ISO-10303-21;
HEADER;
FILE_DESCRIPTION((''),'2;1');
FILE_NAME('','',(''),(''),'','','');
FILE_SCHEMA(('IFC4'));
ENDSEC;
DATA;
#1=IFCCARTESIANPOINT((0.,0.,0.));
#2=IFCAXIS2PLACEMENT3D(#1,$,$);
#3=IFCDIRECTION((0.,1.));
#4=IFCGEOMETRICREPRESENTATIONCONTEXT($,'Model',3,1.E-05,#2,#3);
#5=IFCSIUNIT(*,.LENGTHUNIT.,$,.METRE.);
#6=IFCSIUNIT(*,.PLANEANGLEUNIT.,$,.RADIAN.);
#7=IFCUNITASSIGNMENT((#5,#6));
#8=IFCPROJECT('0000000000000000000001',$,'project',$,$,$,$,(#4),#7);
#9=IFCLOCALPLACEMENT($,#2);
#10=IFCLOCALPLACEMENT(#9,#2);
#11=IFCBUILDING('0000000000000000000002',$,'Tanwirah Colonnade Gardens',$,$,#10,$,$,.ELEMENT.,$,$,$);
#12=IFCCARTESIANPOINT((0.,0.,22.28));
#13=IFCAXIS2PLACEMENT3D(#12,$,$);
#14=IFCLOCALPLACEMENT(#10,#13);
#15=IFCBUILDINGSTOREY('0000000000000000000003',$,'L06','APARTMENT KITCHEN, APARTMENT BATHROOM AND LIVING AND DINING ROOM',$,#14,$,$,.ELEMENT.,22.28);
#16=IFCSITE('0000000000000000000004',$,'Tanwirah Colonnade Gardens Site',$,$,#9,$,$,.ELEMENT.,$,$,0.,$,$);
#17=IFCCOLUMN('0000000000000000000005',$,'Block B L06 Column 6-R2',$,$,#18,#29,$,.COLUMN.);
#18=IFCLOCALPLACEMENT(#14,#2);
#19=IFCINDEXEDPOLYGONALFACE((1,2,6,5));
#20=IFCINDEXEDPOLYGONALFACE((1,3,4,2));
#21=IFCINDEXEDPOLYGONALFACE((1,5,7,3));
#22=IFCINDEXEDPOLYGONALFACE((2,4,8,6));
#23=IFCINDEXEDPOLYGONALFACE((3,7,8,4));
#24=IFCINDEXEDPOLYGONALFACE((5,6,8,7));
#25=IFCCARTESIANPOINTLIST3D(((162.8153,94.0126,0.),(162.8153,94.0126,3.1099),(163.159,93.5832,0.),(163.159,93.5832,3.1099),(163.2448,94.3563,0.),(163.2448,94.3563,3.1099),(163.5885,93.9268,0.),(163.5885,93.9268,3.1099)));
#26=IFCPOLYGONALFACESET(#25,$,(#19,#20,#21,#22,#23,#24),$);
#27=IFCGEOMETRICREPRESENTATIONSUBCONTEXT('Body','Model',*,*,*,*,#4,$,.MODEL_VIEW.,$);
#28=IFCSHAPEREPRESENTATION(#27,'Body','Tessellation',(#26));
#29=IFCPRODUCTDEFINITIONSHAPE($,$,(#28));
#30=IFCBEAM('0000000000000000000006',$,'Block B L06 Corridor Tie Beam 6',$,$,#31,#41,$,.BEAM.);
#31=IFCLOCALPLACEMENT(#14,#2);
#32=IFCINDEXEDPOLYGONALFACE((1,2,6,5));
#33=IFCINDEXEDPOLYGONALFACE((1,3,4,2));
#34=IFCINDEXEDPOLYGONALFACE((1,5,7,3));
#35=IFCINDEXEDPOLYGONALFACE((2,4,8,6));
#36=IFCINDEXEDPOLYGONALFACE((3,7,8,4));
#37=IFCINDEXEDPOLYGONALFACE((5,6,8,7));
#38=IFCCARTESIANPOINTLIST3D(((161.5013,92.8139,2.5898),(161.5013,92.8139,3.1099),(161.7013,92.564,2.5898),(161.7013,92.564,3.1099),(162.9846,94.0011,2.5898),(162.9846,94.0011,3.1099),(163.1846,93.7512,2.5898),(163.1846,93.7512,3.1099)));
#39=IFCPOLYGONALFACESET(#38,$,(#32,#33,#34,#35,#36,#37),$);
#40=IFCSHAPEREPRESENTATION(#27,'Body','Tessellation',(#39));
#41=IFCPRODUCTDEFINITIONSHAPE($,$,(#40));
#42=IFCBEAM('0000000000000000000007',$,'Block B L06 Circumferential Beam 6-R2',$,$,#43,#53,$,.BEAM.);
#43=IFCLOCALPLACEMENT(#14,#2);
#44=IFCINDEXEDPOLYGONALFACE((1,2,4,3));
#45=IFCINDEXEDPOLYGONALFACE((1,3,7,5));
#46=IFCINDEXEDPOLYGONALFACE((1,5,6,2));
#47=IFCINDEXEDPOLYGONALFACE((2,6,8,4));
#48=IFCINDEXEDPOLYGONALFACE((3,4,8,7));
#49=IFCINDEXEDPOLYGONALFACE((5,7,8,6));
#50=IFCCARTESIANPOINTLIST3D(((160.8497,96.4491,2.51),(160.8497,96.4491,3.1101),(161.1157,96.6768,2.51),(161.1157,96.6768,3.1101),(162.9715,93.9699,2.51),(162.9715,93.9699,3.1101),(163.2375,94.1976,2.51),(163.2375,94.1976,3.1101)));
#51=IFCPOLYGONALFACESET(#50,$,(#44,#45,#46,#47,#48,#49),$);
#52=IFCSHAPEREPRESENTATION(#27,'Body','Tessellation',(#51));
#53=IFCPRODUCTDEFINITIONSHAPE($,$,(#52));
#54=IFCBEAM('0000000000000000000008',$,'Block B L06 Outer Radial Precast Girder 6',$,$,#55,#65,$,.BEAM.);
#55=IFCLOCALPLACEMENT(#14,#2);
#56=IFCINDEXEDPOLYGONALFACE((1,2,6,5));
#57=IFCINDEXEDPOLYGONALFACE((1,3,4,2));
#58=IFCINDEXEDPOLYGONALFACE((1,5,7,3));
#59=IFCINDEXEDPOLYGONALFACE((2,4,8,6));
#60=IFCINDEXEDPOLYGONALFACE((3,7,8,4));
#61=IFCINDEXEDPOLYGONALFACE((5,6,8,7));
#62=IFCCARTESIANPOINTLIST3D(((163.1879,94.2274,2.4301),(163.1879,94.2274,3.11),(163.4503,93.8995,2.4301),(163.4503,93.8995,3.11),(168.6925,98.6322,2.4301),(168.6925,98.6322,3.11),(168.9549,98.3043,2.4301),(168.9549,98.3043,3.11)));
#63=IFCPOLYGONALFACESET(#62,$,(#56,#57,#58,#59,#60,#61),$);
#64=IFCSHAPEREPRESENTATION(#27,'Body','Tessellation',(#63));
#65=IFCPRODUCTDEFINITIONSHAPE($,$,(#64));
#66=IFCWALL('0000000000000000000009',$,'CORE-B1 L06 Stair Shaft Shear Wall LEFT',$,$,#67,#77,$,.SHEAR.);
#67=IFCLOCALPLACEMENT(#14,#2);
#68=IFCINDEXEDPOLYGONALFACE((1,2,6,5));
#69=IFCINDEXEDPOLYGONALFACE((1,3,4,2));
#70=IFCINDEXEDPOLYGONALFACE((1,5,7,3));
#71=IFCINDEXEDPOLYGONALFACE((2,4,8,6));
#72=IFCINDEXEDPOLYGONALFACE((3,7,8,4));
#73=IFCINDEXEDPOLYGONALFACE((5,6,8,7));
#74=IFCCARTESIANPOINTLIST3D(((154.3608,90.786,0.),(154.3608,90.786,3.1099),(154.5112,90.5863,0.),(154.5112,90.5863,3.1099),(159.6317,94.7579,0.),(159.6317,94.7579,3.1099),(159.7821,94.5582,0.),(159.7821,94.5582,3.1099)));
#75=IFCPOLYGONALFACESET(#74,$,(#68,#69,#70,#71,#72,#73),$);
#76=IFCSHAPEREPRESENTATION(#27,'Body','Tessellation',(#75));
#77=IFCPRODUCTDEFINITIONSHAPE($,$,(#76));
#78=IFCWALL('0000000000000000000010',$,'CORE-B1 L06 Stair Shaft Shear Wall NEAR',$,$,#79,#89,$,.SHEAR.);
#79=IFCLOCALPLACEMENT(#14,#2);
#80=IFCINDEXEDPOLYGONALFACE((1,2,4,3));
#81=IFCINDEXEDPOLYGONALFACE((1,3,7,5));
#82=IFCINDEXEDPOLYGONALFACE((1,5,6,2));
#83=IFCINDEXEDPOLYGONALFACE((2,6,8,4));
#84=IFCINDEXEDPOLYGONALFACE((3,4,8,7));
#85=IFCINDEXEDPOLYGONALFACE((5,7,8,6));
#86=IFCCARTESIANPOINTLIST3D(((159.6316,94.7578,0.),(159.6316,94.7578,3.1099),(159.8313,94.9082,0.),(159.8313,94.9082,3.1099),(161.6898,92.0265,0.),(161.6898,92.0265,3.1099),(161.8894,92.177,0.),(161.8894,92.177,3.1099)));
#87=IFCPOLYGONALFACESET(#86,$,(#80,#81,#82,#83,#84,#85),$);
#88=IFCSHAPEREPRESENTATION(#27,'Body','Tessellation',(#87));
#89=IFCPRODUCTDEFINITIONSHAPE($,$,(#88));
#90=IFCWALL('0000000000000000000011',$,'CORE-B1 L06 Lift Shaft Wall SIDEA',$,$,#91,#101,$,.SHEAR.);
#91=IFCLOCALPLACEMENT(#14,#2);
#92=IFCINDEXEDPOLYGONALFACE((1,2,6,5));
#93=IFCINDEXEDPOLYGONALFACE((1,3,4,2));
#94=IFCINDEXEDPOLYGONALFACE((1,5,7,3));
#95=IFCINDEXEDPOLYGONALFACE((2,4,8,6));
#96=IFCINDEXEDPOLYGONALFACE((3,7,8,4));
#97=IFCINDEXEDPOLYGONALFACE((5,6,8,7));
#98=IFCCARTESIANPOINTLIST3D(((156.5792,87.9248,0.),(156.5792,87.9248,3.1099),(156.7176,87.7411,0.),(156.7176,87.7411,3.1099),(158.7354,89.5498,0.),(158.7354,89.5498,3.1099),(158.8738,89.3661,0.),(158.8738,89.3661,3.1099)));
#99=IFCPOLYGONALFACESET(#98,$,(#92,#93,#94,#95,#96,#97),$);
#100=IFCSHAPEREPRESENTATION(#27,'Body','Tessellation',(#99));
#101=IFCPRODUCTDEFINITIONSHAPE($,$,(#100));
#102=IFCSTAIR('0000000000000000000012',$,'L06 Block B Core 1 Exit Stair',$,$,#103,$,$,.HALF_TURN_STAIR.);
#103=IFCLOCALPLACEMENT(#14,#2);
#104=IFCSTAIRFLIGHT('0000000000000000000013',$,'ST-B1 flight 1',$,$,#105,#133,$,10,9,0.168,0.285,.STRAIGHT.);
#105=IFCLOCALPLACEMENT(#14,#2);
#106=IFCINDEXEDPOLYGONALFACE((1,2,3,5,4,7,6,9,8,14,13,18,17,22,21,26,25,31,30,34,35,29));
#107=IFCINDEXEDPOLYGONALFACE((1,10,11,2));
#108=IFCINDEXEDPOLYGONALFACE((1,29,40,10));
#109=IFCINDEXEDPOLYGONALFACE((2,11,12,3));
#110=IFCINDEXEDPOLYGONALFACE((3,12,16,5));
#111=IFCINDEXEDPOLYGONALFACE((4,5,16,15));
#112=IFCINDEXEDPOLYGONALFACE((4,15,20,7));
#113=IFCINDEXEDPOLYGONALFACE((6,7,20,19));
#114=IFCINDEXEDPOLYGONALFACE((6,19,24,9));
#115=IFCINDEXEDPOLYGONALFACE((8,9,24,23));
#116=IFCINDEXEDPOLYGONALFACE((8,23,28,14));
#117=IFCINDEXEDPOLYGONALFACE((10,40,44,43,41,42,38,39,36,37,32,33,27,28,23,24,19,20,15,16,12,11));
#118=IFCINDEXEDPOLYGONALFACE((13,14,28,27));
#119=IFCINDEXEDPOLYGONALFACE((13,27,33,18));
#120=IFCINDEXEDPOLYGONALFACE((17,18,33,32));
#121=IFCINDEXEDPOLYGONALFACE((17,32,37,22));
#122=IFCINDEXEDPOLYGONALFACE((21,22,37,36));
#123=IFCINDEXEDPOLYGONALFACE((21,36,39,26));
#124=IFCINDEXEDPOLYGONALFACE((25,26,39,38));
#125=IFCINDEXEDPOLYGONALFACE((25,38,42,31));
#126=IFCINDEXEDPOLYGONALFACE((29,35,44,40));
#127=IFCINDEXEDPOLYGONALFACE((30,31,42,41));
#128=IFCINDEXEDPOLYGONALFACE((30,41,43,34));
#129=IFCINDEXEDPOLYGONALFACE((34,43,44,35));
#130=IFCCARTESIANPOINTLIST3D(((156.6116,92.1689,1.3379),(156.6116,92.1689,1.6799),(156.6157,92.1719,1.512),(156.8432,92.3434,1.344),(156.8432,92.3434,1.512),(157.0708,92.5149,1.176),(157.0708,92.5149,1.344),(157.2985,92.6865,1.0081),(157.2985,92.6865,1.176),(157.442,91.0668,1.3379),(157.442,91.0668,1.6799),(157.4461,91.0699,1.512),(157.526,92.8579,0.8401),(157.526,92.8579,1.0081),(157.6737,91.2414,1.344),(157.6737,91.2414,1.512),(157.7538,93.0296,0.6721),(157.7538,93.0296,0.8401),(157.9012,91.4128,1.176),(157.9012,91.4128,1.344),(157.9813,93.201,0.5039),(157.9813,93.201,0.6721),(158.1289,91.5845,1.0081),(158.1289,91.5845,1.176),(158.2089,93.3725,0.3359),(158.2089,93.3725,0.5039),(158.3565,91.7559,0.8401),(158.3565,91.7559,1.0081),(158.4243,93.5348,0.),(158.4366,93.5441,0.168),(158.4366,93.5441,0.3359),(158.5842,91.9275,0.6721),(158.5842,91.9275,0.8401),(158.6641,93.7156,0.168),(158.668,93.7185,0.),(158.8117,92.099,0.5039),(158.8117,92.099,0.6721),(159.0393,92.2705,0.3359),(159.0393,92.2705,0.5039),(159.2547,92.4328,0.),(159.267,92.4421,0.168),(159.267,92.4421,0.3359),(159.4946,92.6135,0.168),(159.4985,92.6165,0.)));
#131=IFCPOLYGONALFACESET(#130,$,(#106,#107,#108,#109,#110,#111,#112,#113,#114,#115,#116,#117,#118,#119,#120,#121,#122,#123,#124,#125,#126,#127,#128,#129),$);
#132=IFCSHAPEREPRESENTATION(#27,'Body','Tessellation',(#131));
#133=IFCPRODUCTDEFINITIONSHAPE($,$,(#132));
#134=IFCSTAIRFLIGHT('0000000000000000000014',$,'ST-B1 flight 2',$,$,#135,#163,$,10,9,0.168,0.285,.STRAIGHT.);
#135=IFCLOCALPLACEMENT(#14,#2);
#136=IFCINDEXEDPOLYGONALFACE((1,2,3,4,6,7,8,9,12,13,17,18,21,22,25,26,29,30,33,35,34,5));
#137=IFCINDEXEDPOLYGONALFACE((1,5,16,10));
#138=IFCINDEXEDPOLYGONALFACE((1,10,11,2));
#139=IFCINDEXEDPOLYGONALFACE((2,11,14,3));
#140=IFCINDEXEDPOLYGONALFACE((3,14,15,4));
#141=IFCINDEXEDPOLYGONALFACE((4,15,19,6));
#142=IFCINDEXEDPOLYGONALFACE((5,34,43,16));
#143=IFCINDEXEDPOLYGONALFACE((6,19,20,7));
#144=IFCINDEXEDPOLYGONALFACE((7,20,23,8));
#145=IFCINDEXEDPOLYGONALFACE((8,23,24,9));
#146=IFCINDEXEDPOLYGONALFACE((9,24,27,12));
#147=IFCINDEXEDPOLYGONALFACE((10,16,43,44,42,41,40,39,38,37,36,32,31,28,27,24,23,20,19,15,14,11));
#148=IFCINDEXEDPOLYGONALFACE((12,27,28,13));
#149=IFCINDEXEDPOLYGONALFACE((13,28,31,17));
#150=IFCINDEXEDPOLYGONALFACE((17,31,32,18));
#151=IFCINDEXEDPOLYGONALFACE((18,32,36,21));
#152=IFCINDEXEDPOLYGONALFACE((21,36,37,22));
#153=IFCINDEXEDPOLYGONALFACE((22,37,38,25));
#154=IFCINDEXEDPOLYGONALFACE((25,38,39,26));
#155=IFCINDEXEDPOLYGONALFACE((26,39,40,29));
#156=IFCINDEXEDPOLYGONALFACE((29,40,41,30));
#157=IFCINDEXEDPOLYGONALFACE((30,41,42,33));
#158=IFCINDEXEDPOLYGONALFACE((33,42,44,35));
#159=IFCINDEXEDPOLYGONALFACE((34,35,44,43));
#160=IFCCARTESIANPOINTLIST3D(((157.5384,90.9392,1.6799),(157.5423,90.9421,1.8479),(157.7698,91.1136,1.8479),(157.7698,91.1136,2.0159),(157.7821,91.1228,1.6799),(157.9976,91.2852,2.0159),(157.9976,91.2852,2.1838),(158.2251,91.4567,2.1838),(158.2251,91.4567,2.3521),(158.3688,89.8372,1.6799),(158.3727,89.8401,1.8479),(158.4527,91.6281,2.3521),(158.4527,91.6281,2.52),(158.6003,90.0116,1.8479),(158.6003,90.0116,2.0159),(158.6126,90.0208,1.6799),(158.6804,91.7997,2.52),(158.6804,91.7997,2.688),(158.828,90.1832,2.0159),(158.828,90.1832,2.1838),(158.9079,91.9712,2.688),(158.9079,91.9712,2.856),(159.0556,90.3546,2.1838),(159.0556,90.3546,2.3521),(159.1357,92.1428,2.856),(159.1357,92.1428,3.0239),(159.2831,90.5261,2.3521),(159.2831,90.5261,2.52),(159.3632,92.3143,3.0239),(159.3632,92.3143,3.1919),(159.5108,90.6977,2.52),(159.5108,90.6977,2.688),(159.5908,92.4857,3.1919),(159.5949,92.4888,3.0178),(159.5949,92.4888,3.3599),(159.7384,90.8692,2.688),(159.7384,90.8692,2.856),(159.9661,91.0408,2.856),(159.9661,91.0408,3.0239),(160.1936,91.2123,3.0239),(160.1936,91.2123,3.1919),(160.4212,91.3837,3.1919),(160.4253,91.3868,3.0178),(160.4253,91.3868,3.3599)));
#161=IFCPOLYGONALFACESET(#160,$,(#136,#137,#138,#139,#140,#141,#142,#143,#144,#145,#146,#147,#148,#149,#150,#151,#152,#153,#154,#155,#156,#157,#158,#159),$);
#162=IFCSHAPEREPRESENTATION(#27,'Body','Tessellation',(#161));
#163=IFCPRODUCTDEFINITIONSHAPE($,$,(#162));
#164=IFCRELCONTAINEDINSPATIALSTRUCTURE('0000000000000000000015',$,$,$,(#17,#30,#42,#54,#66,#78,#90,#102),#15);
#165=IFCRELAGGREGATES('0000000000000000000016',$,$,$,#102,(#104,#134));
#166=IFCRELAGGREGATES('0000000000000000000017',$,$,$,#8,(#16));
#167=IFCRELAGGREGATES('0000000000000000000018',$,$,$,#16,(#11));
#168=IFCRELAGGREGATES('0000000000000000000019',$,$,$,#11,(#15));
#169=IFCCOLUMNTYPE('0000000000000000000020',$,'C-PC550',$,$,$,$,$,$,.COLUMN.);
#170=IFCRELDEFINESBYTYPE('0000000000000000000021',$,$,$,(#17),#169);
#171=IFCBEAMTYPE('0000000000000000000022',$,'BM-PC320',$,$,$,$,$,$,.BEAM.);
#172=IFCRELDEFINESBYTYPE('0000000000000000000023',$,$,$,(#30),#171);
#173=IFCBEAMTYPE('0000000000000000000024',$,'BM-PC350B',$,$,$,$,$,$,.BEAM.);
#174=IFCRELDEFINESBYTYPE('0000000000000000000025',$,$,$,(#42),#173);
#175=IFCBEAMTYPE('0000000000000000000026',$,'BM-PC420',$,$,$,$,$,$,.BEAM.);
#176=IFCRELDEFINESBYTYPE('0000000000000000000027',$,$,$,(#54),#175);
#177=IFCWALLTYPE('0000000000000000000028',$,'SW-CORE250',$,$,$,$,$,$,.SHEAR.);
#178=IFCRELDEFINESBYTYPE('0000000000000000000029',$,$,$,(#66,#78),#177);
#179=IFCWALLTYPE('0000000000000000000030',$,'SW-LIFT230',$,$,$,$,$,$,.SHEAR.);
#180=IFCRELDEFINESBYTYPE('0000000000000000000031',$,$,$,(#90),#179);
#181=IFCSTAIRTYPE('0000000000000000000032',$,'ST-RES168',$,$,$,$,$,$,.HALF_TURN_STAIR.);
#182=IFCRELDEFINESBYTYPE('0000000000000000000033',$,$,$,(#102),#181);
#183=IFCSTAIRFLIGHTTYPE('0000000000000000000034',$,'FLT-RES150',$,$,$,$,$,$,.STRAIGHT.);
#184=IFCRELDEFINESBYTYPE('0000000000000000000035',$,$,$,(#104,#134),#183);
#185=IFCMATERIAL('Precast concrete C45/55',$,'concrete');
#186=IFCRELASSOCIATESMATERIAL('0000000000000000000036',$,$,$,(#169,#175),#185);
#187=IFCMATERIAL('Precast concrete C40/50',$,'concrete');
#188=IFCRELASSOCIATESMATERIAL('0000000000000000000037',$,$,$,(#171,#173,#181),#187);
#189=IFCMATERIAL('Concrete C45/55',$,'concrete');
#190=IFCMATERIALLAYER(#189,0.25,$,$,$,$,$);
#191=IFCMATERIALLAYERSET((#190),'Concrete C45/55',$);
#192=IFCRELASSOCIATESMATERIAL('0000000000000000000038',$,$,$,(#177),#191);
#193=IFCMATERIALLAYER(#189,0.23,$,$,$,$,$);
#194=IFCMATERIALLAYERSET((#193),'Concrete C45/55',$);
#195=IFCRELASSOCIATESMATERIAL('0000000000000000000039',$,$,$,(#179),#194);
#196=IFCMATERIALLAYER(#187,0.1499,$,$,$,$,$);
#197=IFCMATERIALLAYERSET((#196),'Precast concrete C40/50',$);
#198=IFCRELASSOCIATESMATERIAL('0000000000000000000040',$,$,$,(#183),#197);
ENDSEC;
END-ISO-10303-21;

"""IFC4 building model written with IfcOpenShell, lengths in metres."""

from ifc_helpers import new_model, si_unit, direction, frame, frame_2d, origin, origin_2d, place, context, subcontext, project, spatial, polyline, rectangle, outline, extrude, material, layer, layer_set, material_profile, profile_set, type_object, element, aggregate, save


model = new_model("IFC4")

# Units and contexts
model_context = context("Model", 3, precision=1e-05, world=origin(), true_north=direction((0.0, 1.0)))
body_context = subcontext(model_context, "Body", "Model", "MODEL_VIEW")
ifc_project = project(units=[si_unit("LENGTHUNIT", "METRE"), si_unit("PLANEANGLEUNIT", "RADIAN")], contexts=[model_context])

# Site, building, storey
site_placement = place(None, origin())
site = spatial("IfcSite", under=ifc_project, at=site_placement, Name="Tanwirah Colonnade Gardens Site", CompositionType="ELEMENT", RefElevation=0.0)
building_placement = place(site_placement, origin())
building = spatial("IfcBuilding", under=site, at=building_placement, Name="Tanwirah Colonnade Gardens", CompositionType="ELEMENT")
storey_placement = place(building_placement, frame((0.0, 0.0, 22.28)))
storey = spatial("IfcBuildingStorey", under=building, at=storey_placement, Name="L06", Description="APARTMENT KITCHEN, APARTMENT BATHROOM AND LIVING AND DINING ROOM", CompositionType="ELEMENT", Elevation=22.28)

# Column
ifc_material_1 = material(Name="Precast concrete C45/55", Category="concrete")
ifc_material_profile_1 = material_profile(ifc_material_1, rectangle(XDim=0.55, YDim=0.55, at=origin_2d()), Name="PC-COL 550x550")
ifc_profile_set_1 = profile_set([ifc_material_profile_1], Name="Precast concrete C45/55")
column_type = type_object("IfcColumnType", Name="C-PC550", PredefinedType="COLUMN", material=ifc_profile_set_1)
column_placement = place(storey_placement, frame((163.2019, 93.9697, 0.0), z_axis=(0.0, 0.0, 1.0), x_axis=(0.780794, 0.624789, 0.0)))
element("IfcColumn", 1, at=column_placement, inside=storey, type_object=column_type, Name="Block B L06 Column 6-R2", PredefinedType="COLUMN", context=body_context, shape_type="SweptSolid", body=[
    extrude(rectangle(XDim=0.55, YDim=0.55, at=origin_2d()), origin(), (0.0, 0.0, 1.0), 3.1099),
])

# Beams
ifc_material_2 = material(Name="Precast concrete C40/50", Category="concrete")
ifc_material_profile_2 = material_profile(ifc_material_2, rectangle(XDim=0.3201, YDim=0.52, at=origin_2d()), Name="PC-BM 320x520")
ifc_profile_set_2 = profile_set([ifc_material_profile_2], Name="Precast concrete C40/50")
beam_type_1 = type_object("IfcBeamType", Name="BM-PC320", PredefinedType="BEAM", material=ifc_profile_set_2)
beam_1_placement = place(storey_placement, frame((161.6013, 92.689, 2.8499), z_axis=(0.780731, 0.624867, 0.0), x_axis=(-0.624867, 0.780731, 0.0)))
element("IfcBeam", 2, at=beam_1_placement, inside=storey, type_object=beam_type_1, Name="Block B L06 Corridor Tie Beam 6", PredefinedType="BEAM", context=body_context, shape_type="SweptSolid", body=[
    extrude(rectangle(XDim=0.3201, YDim=0.52, at=origin_2d()), origin(), (0.0, 0.0, 1.0), 1.8999),
])
ifc_material_profile_3 = material_profile(ifc_material_2, rectangle(XDim=0.3501, YDim=0.6001, at=origin_2d()), Name="PC-BM 350x600")
ifc_profile_set_3 = profile_set([ifc_material_profile_3], Name="Precast concrete C40/50")
beam_type_2 = type_object("IfcBeamType", Name="BM-PC350B", PredefinedType="BEAM", material=ifc_profile_set_3)
beam_2_placement = place(storey_placement, frame((163.1045, 94.0837, 2.8101), z_axis=(-0.650218, 0.759748, 0.0), x_axis=(-0.759748, -0.650218, 0.0)))
element("IfcBeam", 3, at=beam_2_placement, inside=storey, type_object=beam_type_2, Name="Block B L06 Circumferential Beam 6-R2", PredefinedType="BEAM", context=body_context, shape_type="SweptSolid", body=[
    extrude(rectangle(XDim=0.3501, YDim=0.6001, at=origin_2d()), origin(), (0.0, 0.0, 1.0), 3.2632),
])
ifc_material_profile_4 = material_profile(ifc_material_1, rectangle(XDim=0.4199, YDim=0.6799, at=origin_2d()), Name="PC-BM 420x680")
ifc_profile_set_4 = profile_set([ifc_material_profile_4], Name="Precast concrete C45/55")
beam_type_3 = type_object("IfcBeamType", Name="BM-PC420", PredefinedType="BEAM", material=ifc_profile_set_4)
beam_3_placement = place(storey_placement, frame((163.3191, 94.0635, 2.77), z_axis=(0.780794, 0.624788, 0.0), x_axis=(-0.624788, 0.780794, 0.0)))
element("IfcBeam", 4, at=beam_3_placement, inside=storey, type_object=beam_type_3, Name="Block B L06 Outer Radial Precast Girder 6", PredefinedType="BEAM", context=body_context, shape_type="SweptSolid", body=[
    extrude(rectangle(XDim=0.4199, YDim=0.6799, at=origin_2d()), origin(), (0.0, 0.0, 1.0), 7.05),
])

# Walls
ifc_material_3 = material(Name="Concrete C45/55", Category="concrete")
ifc_layer_1 = layer(ifc_material_3, 0.25)
ifc_layer_set_1 = layer_set([ifc_layer_1], Name="Concrete C45/55")
wall_type_1 = type_object("IfcWallType", Name="SW-CORE250", PredefinedType="SHEAR", material=ifc_layer_set_1)
wall_1_placement = place(storey_placement, frame((159.7068, 94.658, 0.0), z_axis=(0.0, 0.0, 1.0), x_axis=(-0.79864, -0.60181, 0.0)))
element("IfcWall", 5, at=wall_1_placement, inside=storey, type_object=wall_type_1, Name="CORE-B1 L06 Stair Shaft Shear Wall LEFT", PredefinedType="SHEAR", context=body_context, shape_type="SweptSolid", body=[
    extrude(rectangle(XDim=6.5999, YDim=0.25, at=frame_2d((3.2998, 0.0))), origin(), (0.0, 0.0, 1.0), 3.1099),
])
wall_2_placement = place(storey_placement, frame((159.7314, 94.833, 0.0), z_axis=(0.0, 0.0, 1.0), x_axis=(0.601815, -0.798636, 0.0)))
element("IfcWall", 6, at=wall_2_placement, inside=storey, type_object=wall_type_1, Name="CORE-B1 L06 Stair Shaft Shear Wall NEAR", PredefinedType="SHEAR", context=body_context, shape_type="SweptSolid", body=[
    extrude(rectangle(XDim=3.4199, YDim=0.25, at=frame_2d((1.71, 0.0))), origin(), (0.0, 0.0, 1.0), 3.1099),
])

# Shared definitions
ifc_layer_2 = layer(ifc_material_3, 0.23)
ifc_layer_set_2 = layer_set([ifc_layer_2], Name="Concrete C45/55")
wall_type_2 = type_object("IfcWallType", Name="SW-LIFT230", PredefinedType="SHEAR", material=ifc_layer_set_2)

# Wall
wall_3_placement = place(storey_placement, frame((158.8047, 89.458, 0.0), z_axis=(0.0, 0.0, 1.0), x_axis=(-0.798609, -0.60185, 0.0)))
element("IfcWall", 7, at=wall_3_placement, inside=storey, type_object=wall_type_2, Name="CORE-B1 L06 Lift Shaft Wall SIDEA", PredefinedType="SHEAR", context=body_context, shape_type="SweptSolid", body=[
    extrude(rectangle(XDim=2.7, YDim=0.23, at=frame_2d((1.3501, 0.0))), origin(), (0.0, 0.0, 1.0), 3.1099),
])

# Stair, stair flights
stair_type = type_object("IfcStairType", Name="ST-RES168", PredefinedType="HALF_TURN_STAIR", material=ifc_material_2)
stair_placement = place(storey_placement, origin())
stair = element("IfcStair", 8, at=stair_placement, inside=storey, type_object=stair_type, Name="L06 Block B Core 1 Exit Stair", PredefinedType="HALF_TURN_STAIR")
ifc_layer_3 = layer(ifc_material_2, 0.1499)
ifc_layer_set_3 = layer_set([ifc_layer_3], Name="Precast concrete C40/50")
stair_flight_type = type_object("IfcStairFlightType", Name="FLT-RES150", PredefinedType="STRAIGHT", material=ifc_layer_set_3)
stair_flight_1_placement = place(storey_placement, frame((159.0793, 93.1646, 0.0), z_axis=(0.0, 0.0, 1.0), x_axis=(-0.798636, -0.601815, 0.0)))
stair_flight_1 = element("IfcStairFlight", 9, at=stair_flight_1_placement, type_object=stair_flight_type, Name="ST-B1 flight 1", NumberOfRisers=10, NumberOfTreads=9, PredefinedType="STRAIGHT", RiserHeight=0.168, TreadLength=0.285, context=body_context, shape_type="SweptSolid", body=[
    extrude(outline(polyline([(-0.0049, 0.0), (0.0, 0.168), (0.2849, 0.168), (0.2849, 0.3359), (0.5701, 0.3359), (0.5701, 0.5039), (0.855, 0.5039), (0.855, 0.6721), (1.1399, 0.6721), (1.1399, 0.8401), (1.425, 0.8401), (1.425, 1.0081), (1.71, 1.0081), (1.71, 1.176), (1.9951, 1.176), (1.9951, 1.344), (2.28, 1.344), (2.28, 1.512), (2.5649, 1.512), (2.5701, 1.6799), (2.5701, 1.3379), (0.3003, 0.0), (-0.0049, 0.0)])), frame((0.0, 0.6899, 0.0), z_axis=(0.0, -1.0, 0.0), x_axis=(1.0, 0.0, 0.0)), (0.0, 0.0, 1.0), 1.3799),
])
stair_flight_2_placement = place(storey_placement, frame((157.9575, 90.3911, 1.6799), z_axis=(0.0, 0.0, 1.0), x_axis=(0.798636, 0.601815, 0.0)))
stair_flight_2 = element("IfcStairFlight", 10, at=stair_flight_2_placement, type_object=stair_flight_type, Name="ST-B1 flight 2", NumberOfRisers=10, NumberOfTreads=9, PredefinedType="STRAIGHT", RiserHeight=0.168, TreadLength=0.285, context=body_context, shape_type="SweptSolid", body=[
    extrude(outline(polyline([(-0.0049, 0.0), (0.0, 0.168), (0.2849, 0.168), (0.2849, 0.3359), (0.5701, 0.3359), (0.5701, 0.5039), (0.855, 0.5039), (0.855, 0.6721), (1.1399, 0.6721), (1.1399, 0.8401), (1.425, 0.8401), (1.425, 1.0081), (1.71, 1.0081), (1.71, 1.176), (1.9951, 1.176), (1.9951, 1.344), (2.28, 1.344), (2.28, 1.512), (2.5649, 1.512), (2.5701, 1.6799), (2.5701, 1.3379), (0.3003, 0.0), (-0.0049, 0.0)])), frame((0.0, 0.6899, 0.0), z_axis=(0.0, -1.0, 0.0), x_axis=(1.0, 0.0, 0.0)), (0.0, 0.0, 1.0), 1.3799),
])
aggregate(stair, [stair_flight_1, stair_flight_2])

save(model, "model.ifc")
